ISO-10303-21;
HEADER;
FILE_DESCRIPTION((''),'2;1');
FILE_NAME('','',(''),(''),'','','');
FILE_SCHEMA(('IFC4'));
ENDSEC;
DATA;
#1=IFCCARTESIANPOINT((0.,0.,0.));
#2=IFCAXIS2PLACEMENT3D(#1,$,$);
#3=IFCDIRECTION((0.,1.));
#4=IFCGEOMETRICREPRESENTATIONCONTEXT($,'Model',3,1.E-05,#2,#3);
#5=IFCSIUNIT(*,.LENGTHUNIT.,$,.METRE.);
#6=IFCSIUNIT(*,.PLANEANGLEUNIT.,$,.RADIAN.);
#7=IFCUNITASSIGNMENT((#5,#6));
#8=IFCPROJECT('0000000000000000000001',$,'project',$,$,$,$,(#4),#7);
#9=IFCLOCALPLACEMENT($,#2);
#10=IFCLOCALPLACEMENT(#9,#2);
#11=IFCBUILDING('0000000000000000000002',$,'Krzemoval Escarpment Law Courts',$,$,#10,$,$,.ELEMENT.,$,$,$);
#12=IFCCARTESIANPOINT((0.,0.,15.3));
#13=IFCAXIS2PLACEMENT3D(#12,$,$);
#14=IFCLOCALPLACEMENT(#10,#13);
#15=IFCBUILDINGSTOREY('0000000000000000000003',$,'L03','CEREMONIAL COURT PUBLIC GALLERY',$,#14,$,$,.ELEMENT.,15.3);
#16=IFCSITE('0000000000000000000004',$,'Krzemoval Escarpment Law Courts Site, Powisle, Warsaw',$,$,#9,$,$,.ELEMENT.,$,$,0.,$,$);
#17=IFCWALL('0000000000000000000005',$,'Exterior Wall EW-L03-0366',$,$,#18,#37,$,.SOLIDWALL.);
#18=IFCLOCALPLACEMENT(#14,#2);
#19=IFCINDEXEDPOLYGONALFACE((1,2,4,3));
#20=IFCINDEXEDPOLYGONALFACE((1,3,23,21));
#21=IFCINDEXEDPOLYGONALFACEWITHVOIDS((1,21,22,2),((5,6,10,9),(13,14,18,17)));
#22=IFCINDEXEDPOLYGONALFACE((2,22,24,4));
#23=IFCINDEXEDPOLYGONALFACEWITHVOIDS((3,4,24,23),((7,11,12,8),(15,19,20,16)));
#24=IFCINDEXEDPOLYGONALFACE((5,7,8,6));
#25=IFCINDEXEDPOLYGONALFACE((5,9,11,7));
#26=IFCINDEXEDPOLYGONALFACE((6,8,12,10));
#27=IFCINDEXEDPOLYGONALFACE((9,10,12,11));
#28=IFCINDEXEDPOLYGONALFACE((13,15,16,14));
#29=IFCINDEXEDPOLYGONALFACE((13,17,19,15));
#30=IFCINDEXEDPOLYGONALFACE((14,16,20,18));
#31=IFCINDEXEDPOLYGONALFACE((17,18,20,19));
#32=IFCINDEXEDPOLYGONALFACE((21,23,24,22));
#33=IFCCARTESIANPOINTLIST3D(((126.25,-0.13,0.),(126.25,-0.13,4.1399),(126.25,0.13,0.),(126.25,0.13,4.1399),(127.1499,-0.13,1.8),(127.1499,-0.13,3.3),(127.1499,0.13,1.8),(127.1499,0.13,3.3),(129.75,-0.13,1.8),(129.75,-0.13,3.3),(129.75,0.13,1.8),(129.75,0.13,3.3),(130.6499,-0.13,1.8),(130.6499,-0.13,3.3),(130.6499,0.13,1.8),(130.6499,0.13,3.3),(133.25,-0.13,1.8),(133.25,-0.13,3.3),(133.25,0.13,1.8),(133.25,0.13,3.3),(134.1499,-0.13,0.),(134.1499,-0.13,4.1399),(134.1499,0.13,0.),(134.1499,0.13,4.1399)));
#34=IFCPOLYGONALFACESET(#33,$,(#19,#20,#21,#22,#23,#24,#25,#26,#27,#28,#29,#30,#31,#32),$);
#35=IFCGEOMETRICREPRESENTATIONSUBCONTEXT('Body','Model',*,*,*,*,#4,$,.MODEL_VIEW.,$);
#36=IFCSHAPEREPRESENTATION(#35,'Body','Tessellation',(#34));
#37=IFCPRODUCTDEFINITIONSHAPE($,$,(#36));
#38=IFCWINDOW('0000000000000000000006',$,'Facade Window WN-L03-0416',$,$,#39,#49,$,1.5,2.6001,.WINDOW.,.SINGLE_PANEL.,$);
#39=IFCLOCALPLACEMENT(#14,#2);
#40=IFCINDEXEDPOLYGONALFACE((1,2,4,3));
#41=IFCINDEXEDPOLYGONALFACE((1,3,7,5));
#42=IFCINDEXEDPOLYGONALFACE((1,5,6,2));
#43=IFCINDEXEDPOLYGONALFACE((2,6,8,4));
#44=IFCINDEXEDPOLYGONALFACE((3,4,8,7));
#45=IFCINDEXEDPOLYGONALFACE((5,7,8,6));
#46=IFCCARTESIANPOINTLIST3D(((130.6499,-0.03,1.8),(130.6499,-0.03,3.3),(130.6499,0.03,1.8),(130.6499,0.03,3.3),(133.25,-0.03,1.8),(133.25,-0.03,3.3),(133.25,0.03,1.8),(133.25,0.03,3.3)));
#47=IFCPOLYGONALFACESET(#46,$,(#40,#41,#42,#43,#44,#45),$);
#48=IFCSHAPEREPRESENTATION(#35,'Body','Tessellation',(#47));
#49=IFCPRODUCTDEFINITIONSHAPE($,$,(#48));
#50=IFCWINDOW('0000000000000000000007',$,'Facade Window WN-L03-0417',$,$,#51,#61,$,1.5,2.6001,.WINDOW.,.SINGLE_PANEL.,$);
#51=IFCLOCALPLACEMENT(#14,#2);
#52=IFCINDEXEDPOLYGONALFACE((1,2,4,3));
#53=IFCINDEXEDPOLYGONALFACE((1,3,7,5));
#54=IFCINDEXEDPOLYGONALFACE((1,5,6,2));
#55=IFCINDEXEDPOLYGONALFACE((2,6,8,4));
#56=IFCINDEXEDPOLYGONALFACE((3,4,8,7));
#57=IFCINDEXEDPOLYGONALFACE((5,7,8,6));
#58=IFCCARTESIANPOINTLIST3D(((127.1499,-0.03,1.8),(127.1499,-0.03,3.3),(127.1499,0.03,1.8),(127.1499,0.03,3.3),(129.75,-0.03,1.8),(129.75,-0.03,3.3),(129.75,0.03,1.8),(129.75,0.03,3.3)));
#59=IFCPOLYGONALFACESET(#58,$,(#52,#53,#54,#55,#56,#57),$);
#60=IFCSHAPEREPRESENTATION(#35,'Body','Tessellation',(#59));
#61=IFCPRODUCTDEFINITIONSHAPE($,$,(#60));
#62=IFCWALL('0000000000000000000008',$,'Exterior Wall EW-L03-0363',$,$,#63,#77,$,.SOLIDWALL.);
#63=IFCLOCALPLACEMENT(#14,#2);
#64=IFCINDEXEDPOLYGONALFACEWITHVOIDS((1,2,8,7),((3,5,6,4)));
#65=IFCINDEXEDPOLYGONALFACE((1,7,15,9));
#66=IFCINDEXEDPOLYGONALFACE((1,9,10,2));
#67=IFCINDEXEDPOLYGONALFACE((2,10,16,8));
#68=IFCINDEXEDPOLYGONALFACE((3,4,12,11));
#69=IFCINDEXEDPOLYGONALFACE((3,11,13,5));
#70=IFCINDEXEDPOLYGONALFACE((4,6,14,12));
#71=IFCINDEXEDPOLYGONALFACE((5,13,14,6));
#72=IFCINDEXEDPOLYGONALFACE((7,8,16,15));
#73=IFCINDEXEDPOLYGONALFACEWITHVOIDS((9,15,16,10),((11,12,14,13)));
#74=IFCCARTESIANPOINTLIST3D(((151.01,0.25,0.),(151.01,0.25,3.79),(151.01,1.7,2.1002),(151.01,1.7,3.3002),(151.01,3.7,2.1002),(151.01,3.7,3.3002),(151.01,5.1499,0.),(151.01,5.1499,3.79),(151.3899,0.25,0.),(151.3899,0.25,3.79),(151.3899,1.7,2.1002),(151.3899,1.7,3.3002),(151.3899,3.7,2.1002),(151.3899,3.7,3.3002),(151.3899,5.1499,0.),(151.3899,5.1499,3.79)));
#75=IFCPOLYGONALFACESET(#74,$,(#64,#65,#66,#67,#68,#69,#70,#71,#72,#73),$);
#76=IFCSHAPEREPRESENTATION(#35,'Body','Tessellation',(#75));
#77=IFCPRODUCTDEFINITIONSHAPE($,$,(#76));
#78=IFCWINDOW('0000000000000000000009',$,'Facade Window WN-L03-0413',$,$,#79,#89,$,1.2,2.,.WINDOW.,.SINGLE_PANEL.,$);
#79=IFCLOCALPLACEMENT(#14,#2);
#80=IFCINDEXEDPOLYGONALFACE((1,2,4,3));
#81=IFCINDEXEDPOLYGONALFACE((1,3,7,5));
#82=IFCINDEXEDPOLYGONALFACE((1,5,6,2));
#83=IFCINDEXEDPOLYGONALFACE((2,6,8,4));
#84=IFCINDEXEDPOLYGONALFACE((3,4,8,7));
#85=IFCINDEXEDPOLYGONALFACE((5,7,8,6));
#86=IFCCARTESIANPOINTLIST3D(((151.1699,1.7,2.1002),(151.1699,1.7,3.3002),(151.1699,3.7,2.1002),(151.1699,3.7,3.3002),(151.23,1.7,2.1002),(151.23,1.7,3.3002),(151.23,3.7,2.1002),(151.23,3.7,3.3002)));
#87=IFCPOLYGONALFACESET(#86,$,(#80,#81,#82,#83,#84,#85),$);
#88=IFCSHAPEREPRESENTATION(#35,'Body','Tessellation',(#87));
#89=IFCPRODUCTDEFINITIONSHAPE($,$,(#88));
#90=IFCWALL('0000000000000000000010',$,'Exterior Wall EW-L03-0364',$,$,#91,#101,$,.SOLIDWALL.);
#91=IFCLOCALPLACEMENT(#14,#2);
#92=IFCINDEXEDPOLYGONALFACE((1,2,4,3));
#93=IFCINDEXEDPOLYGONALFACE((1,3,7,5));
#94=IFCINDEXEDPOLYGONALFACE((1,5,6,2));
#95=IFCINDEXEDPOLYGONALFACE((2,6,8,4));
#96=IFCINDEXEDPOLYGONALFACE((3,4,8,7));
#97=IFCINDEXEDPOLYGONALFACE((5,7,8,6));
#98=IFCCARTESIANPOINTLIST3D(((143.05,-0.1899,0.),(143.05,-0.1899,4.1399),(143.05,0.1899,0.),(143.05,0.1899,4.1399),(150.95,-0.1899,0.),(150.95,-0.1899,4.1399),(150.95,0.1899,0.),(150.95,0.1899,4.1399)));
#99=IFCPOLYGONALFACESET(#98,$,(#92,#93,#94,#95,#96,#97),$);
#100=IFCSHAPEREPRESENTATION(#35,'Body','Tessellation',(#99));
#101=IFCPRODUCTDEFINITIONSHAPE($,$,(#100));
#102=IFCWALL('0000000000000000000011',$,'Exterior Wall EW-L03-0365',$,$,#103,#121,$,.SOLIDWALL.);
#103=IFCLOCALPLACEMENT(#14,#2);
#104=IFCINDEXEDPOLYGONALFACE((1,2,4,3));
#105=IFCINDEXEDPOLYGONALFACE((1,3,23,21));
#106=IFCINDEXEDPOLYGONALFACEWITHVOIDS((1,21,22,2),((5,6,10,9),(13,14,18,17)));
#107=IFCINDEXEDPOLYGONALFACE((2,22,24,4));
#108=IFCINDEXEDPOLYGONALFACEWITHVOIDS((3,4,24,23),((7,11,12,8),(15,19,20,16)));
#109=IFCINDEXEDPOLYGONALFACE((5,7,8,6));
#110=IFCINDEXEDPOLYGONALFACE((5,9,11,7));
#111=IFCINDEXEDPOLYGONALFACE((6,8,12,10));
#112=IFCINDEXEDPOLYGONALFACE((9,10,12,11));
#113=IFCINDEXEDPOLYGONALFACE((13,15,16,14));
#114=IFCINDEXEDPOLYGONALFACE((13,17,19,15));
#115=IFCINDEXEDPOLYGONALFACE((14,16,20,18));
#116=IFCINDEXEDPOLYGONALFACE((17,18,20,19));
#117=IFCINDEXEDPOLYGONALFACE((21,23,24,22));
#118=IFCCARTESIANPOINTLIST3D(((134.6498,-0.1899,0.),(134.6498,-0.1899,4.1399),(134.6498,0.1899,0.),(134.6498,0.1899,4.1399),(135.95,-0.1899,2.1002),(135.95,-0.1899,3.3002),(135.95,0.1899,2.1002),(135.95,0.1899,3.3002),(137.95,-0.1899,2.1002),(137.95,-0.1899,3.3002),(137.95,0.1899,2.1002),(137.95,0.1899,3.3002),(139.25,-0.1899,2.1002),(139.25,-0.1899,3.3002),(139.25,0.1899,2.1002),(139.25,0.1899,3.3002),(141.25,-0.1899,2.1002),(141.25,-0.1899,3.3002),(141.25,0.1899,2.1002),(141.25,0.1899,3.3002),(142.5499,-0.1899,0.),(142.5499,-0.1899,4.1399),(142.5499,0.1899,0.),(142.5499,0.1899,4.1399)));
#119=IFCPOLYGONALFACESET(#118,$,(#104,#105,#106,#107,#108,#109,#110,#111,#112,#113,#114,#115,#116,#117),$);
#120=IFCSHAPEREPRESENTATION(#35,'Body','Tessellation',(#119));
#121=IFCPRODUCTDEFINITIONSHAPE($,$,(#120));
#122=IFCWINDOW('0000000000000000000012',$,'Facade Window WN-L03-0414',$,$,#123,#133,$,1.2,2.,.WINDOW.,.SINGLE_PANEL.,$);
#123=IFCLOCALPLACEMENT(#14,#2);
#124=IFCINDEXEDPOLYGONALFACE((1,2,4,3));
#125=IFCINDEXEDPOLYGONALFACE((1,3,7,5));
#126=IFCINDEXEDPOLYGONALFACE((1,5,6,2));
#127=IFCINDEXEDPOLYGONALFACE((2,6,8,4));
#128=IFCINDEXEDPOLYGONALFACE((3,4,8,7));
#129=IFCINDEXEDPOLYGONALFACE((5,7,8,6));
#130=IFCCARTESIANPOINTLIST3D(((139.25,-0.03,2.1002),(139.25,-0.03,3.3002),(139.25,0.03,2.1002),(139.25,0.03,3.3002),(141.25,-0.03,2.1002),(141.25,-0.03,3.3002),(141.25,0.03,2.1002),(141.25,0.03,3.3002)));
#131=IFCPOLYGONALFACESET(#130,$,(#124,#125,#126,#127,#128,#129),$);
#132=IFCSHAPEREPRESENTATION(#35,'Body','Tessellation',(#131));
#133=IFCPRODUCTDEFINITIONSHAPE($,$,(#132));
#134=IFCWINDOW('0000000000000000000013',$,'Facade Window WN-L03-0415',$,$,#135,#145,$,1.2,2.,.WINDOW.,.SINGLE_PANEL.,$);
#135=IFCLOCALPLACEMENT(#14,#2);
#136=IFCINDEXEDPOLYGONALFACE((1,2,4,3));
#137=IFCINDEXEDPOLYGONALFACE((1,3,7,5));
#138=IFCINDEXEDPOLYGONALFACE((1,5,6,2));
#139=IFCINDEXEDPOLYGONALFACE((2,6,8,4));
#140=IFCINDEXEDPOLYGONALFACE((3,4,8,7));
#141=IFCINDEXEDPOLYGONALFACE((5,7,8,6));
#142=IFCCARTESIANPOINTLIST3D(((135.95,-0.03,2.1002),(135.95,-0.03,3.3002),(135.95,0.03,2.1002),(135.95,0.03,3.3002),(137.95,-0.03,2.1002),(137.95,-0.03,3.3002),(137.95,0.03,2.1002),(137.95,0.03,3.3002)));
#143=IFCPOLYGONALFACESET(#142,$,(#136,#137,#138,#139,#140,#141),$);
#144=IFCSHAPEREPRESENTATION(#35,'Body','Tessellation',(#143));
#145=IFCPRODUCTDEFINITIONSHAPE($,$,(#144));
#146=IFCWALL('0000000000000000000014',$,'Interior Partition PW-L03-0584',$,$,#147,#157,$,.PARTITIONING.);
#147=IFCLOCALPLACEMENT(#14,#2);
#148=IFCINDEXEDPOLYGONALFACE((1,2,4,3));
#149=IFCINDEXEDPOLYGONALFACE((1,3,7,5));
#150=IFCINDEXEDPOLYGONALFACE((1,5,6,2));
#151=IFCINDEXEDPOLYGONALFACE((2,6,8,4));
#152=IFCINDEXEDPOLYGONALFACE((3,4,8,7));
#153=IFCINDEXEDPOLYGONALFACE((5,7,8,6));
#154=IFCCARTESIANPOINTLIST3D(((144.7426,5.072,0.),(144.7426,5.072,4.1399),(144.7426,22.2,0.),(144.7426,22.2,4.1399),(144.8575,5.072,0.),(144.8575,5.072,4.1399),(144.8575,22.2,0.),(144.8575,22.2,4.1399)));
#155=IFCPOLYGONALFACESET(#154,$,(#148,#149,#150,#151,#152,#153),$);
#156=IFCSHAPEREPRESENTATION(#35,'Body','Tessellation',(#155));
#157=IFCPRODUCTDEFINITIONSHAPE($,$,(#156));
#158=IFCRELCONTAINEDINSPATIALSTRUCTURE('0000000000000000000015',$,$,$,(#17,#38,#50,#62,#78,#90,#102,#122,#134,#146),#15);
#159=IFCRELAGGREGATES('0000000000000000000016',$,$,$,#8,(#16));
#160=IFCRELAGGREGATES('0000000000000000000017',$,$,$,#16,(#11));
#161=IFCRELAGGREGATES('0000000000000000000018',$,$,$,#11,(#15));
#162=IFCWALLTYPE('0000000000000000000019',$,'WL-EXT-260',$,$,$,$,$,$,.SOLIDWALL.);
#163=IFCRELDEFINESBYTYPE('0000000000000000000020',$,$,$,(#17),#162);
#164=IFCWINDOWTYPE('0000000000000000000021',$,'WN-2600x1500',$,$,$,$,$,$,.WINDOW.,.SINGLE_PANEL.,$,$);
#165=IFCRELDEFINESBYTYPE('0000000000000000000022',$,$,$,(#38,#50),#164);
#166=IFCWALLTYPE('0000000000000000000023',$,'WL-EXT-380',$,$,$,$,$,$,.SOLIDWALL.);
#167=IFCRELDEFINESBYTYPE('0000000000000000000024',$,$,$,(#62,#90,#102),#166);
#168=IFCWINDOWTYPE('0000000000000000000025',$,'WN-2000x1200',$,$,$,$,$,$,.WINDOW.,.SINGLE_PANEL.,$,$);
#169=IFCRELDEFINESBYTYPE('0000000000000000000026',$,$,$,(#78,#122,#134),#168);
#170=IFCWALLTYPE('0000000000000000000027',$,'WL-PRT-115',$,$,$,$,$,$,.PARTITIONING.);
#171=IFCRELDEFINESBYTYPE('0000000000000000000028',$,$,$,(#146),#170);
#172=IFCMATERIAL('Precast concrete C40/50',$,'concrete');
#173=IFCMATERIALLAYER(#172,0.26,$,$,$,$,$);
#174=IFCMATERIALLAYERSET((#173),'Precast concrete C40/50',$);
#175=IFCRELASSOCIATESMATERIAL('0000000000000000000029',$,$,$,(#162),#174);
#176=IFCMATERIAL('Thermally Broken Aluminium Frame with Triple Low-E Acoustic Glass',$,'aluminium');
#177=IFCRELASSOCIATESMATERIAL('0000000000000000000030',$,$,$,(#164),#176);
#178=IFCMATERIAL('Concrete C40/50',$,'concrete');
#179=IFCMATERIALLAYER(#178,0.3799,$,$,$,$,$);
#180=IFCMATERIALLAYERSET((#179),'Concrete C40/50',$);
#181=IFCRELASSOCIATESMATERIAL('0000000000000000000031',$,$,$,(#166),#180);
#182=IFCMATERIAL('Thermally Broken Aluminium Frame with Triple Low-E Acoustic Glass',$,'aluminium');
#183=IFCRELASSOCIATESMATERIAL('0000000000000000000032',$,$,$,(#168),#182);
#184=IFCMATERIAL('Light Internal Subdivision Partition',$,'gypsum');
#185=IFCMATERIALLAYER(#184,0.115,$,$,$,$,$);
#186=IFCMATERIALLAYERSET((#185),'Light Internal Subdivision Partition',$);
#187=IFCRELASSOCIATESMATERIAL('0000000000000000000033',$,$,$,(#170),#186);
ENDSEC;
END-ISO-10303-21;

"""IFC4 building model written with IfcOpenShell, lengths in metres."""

from ifc_helpers import new_model, si_unit, direction, frame, frame_2d, origin, place, context, subcontext, project, spatial, rectangle, extrude, material, layer, layer_set, type_object, element, fill, save


model = new_model("IFC4")

# Units and contexts
model_context = context("Model", 3, precision=1e-05, world=origin(), true_north=direction((0.0, 1.0)))
body_context = subcontext(model_context, "Body", "Model", "MODEL_VIEW")
ifc_project = project(units=[si_unit("LENGTHUNIT", "METRE"), si_unit("PLANEANGLEUNIT", "RADIAN")], contexts=[model_context])

# Site, building, storey
site_placement = place(None, origin())
site = spatial("IfcSite", under=ifc_project, at=site_placement, Name="Krzemoval Escarpment Law Courts Site, Powisle, Warsaw", CompositionType="ELEMENT", RefElevation=0.0)
building_placement = place(site_placement, origin())
building = spatial("IfcBuilding", under=site, at=building_placement, Name="Krzemoval Escarpment Law Courts", CompositionType="ELEMENT")
storey_placement = place(building_placement, frame((0.0, 0.0, 15.3)))
storey = spatial("IfcBuildingStorey", under=building, at=storey_placement, Name="L03", Description="CEREMONIAL COURT PUBLIC GALLERY", CompositionType="ELEMENT", Elevation=15.3)

# Wall, openings, windows
ifc_material_1 = material(Name="Precast concrete C40/50", Category="concrete")
ifc_layer_1 = layer(ifc_material_1, 0.26)
ifc_layer_set_1 = layer_set([ifc_layer_1], Name="Precast concrete C40/50")
wall_type_1 = type_object("IfcWallType", Name="WL-EXT-260", PredefinedType="SOLIDWALL", material=ifc_layer_set_1)
wall_1_placement = place(storey_placement, frame((134.1499, 0.0, 0.0), z_axis=(0.0, 0.0, 1.0), x_axis=(-1.0, 0.0, 0.0)))
wall_1 = element("IfcWall", 1, at=wall_1_placement, inside=storey, type_object=wall_type_1, Name="Exterior Wall EW-L03-0366", PredefinedType="SOLIDWALL", context=body_context, shape_type="SweptSolid", body=[
    extrude(rectangle(XDim=7.8999, YDim=0.26, at=frame_2d((3.95, 0.0))), origin(), (0.0, 0.0, 1.0), 4.1399),
])
opening_1_placement = place(wall_1_placement, frame((0.8999, 0.0, 1.8)))
opening_1 = element("IfcOpeningElement", 2, at=opening_1_placement, cuts=wall_1, PredefinedType="OPENING", context=body_context, shape_type="SweptSolid", body=[
    extrude(rectangle(XDim=2.6001, YDim=1.5, at=frame_2d((1.3, 0.75))), frame((0.0, 0.145, 0.0), z_axis=(0.0, -1.0, 0.0), x_axis=(1.0, 0.0, 0.0)), (0.0, 0.0, 1.0), 0.29),
])
opening_2_placement = place(wall_1_placement, frame((4.3999, 0.0, 1.8)))
opening_2 = element("IfcOpeningElement", 3, at=opening_2_placement, cuts=wall_1, PredefinedType="OPENING", context=body_context, shape_type="SweptSolid", body=[
    extrude(rectangle(XDim=2.6001, YDim=1.5, at=frame_2d((1.3, 0.75))), frame((0.0, 0.145, 0.0), z_axis=(0.0, -1.0, 0.0), x_axis=(1.0, 0.0, 0.0)), (0.0, 0.0, 1.0), 0.29),
])
ifc_material_2 = material(Name="Thermally Broken Aluminium Frame with Triple Low-E Acoustic Glass", Category="aluminium")
window_type_1 = type_object("IfcWindowType", Name="WN-2600x1500", PartitioningType="SINGLE_PANEL", PredefinedType="WINDOW", material=ifc_material_2)
window_1_placement = place(opening_1_placement, origin())
window_1 = element("IfcWindow", 4, at=window_1_placement, inside=storey, type_object=window_type_1, Name="Facade Window WN-L03-0416", OverallHeight=1.5, OverallWidth=2.6001, PartitioningType="SINGLE_PANEL", PredefinedType="WINDOW", context=body_context, shape_type="SweptSolid", body=[
    extrude(rectangle(XDim=2.6001, YDim=1.5, at=frame_2d((1.3, 0.75))), frame((0.0, 0.03, 0.0), z_axis=(0.0, -1.0, 0.0), x_axis=(1.0, 0.0, 0.0)), (0.0, 0.0, 1.0), 0.0601),
])
fill(opening_1, window_1)
window_2_placement = place(opening_2_placement, origin())
window_2 = element("IfcWindow", 5, at=window_2_placement, inside=storey, type_object=window_type_1, Name="Facade Window WN-L03-0417", OverallHeight=1.5, OverallWidth=2.6001, PartitioningType="SINGLE_PANEL", PredefinedType="WINDOW", context=body_context, shape_type="SweptSolid", body=[
    extrude(rectangle(XDim=2.6001, YDim=1.5, at=frame_2d((1.3, 0.75))), frame((0.0, 0.03, 0.0), z_axis=(0.0, -1.0, 0.0), x_axis=(1.0, 0.0, 0.0)), (0.0, 0.0, 1.0), 0.0601),
])
fill(opening_2, window_2)

# Wall, opening, window
ifc_material_3 = material(Name="Concrete C40/50", Category="concrete")
ifc_layer_2 = layer(ifc_material_3, 0.3799)
ifc_layer_set_2 = layer_set([ifc_layer_2], Name="Concrete C40/50")
wall_type_2 = type_object("IfcWallType", Name="WL-EXT-380", PredefinedType="SOLIDWALL", material=ifc_layer_set_2)
wall_2_placement = place(storey_placement, frame((151.2, 5.1499, 0.0), z_axis=(0.0, 0.0, 1.0), x_axis=(0.0, -1.0, 0.0)))
wall_2 = element("IfcWall", 6, at=wall_2_placement, inside=storey, type_object=wall_type_2, Name="Exterior Wall EW-L03-0363", PredefinedType="SOLIDWALL", context=body_context, shape_type="SweptSolid", body=[
    extrude(rectangle(XDim=4.8999, YDim=0.3799, at=frame_2d((2.45, 0.0))), origin(), (0.0, 0.0, 1.0), 3.79),
])
opening_3_placement = place(wall_2_placement, frame((1.45, 0.0, 2.1001)))
opening_3 = element("IfcOpeningElement", 7, at=opening_3_placement, cuts=wall_2, PredefinedType="OPENING", context=body_context, shape_type="SweptSolid", body=[
    extrude(rectangle(XDim=2.0, YDim=1.2, at=frame_2d((1.0, 0.6001))), frame((0.0, 0.2049, 0.0), z_axis=(0.0, -1.0, 0.0), x_axis=(1.0, 0.0, 0.0)), (0.0, 0.0, 1.0), 0.4099),
])
ifc_material_4 = material(Name="Thermally Broken Aluminium Frame with Triple Low-E Acoustic Glass", Category="aluminium")
window_type_2 = type_object("IfcWindowType", Name="WN-2000x1200", PartitioningType="SINGLE_PANEL", PredefinedType="WINDOW", material=ifc_material_4)
window_3_placement = place(opening_3_placement, origin())
window_3 = element("IfcWindow", 8, at=window_3_placement, inside=storey, type_object=window_type_2, Name="Facade Window WN-L03-0413", OverallHeight=1.2, OverallWidth=2.0, PartitioningType="SINGLE_PANEL", PredefinedType="WINDOW", context=body_context, shape_type="SweptSolid", body=[
    extrude(rectangle(XDim=2.0, YDim=1.2, at=frame_2d((1.0, 0.6001))), frame((0.0, 0.03, 0.0), z_axis=(0.0, -1.0, 0.0), x_axis=(1.0, 0.0, 0.0)), (0.0, 0.0, 1.0), 0.0601),
])
fill(opening_3, window_3)

# Wall
wall_3_placement = place(storey_placement, frame((150.95, 0.0, 0.0), z_axis=(0.0, 0.0, 1.0), x_axis=(-1.0, 0.0, 0.0)))
element("IfcWall", 9, at=wall_3_placement, inside=storey, type_object=wall_type_2, Name="Exterior Wall EW-L03-0364", PredefinedType="SOLIDWALL", context=body_context, shape_type="SweptSolid", body=[
    extrude(rectangle(XDim=7.8999, YDim=0.3799, at=frame_2d((3.95, 0.0))), origin(), (0.0, 0.0, 1.0), 4.1399),
])

# Wall, openings, windows
wall_4_placement = place(storey_placement, frame((142.55, 0.0, 0.0), z_axis=(0.0, 0.0, 1.0), x_axis=(-1.0, 0.0, 0.0)))
wall_4 = element("IfcWall", 10, at=wall_4_placement, inside=storey, type_object=wall_type_2, Name="Exterior Wall EW-L03-0365", PredefinedType="SOLIDWALL", context=body_context, shape_type="SweptSolid", body=[
    extrude(rectangle(XDim=7.9001, YDim=0.3799, at=frame_2d((3.9502, 0.0))), origin(), (0.0, 0.0, 1.0), 4.1399),
])
opening_4_placement = place(wall_4_placement, frame((1.3, 0.0, 2.1001)))
opening_4 = element("IfcOpeningElement", 11, at=opening_4_placement, cuts=wall_4, PredefinedType="OPENING", context=body_context, shape_type="SweptSolid", body=[
    extrude(rectangle(XDim=2.0, YDim=1.2, at=frame_2d((1.0, 0.6001))), frame((0.0, 0.2049, 0.0), z_axis=(0.0, -1.0, 0.0), x_axis=(1.0, 0.0, 0.0)), (0.0, 0.0, 1.0), 0.4099),
])
opening_5_placement = place(wall_4_placement, frame((4.6001, 0.0, 2.1001)))
opening_5 = element("IfcOpeningElement", 12, at=opening_5_placement, cuts=wall_4, PredefinedType="OPENING", context=body_context, shape_type="SweptSolid", body=[
    extrude(rectangle(XDim=2.0, YDim=1.2, at=frame_2d((1.0, 0.6001))), frame((0.0, 0.2049, 0.0), z_axis=(0.0, -1.0, 0.0), x_axis=(1.0, 0.0, 0.0)), (0.0, 0.0, 1.0), 0.4099),
])
window_4_placement = place(opening_4_placement, origin())
window_4 = element("IfcWindow", 13, at=window_4_placement, inside=storey, type_object=window_type_2, Name="Facade Window WN-L03-0414", OverallHeight=1.2, OverallWidth=2.0, PartitioningType="SINGLE_PANEL", PredefinedType="WINDOW", context=body_context, shape_type="SweptSolid", body=[
    extrude(rectangle(XDim=2.0, YDim=1.2, at=frame_2d((1.0, 0.6001))), frame((0.0, 0.03, 0.0), z_axis=(0.0, -1.0, 0.0), x_axis=(1.0, 0.0, 0.0)), (0.0, 0.0, 1.0), 0.0601),
])
fill(opening_4, window_4)
window_5_placement = place(opening_5_placement, origin())
window_5 = element("IfcWindow", 14, at=window_5_placement, inside=storey, type_object=window_type_2, Name="Facade Window WN-L03-0415", OverallHeight=1.2, OverallWidth=2.0, PartitioningType="SINGLE_PANEL", PredefinedType="WINDOW", context=body_context, shape_type="SweptSolid", body=[
    extrude(rectangle(XDim=2.0, YDim=1.2, at=frame_2d((1.0, 0.6001))), frame((0.0, 0.03, 0.0), z_axis=(0.0, -1.0, 0.0), x_axis=(1.0, 0.0, 0.0)), (0.0, 0.0, 1.0), 0.0601),
])
fill(opening_5, window_5)

# Wall
ifc_material_5 = material(Name="Light Internal Subdivision Partition", Category="gypsum")
ifc_layer_3 = layer(ifc_material_5, 0.115)
ifc_layer_set_3 = layer_set([ifc_layer_3], Name="Light Internal Subdivision Partition")
wall_type_3 = type_object("IfcWallType", Name="WL-PRT-115", PredefinedType="PARTITIONING", material=ifc_layer_set_3)
wall_5_placement = place(storey_placement, frame((144.8, 5.072, 0.0), z_axis=(0.0, 0.0, 1.0), x_axis=(0.0, 1.0, 0.0)))
element("IfcWall", 15, at=wall_5_placement, inside=storey, type_object=wall_type_3, Name="Interior Partition PW-L03-0584", PredefinedType="PARTITIONING", context=body_context, shape_type="SweptSolid", body=[
    extrude(rectangle(XDim=17.1279, YDim=0.115, at=frame_2d((8.564, 0.0))), origin(), (0.0, 0.0, 1.0), 4.1399),
])

save(model, "model.ifc")
